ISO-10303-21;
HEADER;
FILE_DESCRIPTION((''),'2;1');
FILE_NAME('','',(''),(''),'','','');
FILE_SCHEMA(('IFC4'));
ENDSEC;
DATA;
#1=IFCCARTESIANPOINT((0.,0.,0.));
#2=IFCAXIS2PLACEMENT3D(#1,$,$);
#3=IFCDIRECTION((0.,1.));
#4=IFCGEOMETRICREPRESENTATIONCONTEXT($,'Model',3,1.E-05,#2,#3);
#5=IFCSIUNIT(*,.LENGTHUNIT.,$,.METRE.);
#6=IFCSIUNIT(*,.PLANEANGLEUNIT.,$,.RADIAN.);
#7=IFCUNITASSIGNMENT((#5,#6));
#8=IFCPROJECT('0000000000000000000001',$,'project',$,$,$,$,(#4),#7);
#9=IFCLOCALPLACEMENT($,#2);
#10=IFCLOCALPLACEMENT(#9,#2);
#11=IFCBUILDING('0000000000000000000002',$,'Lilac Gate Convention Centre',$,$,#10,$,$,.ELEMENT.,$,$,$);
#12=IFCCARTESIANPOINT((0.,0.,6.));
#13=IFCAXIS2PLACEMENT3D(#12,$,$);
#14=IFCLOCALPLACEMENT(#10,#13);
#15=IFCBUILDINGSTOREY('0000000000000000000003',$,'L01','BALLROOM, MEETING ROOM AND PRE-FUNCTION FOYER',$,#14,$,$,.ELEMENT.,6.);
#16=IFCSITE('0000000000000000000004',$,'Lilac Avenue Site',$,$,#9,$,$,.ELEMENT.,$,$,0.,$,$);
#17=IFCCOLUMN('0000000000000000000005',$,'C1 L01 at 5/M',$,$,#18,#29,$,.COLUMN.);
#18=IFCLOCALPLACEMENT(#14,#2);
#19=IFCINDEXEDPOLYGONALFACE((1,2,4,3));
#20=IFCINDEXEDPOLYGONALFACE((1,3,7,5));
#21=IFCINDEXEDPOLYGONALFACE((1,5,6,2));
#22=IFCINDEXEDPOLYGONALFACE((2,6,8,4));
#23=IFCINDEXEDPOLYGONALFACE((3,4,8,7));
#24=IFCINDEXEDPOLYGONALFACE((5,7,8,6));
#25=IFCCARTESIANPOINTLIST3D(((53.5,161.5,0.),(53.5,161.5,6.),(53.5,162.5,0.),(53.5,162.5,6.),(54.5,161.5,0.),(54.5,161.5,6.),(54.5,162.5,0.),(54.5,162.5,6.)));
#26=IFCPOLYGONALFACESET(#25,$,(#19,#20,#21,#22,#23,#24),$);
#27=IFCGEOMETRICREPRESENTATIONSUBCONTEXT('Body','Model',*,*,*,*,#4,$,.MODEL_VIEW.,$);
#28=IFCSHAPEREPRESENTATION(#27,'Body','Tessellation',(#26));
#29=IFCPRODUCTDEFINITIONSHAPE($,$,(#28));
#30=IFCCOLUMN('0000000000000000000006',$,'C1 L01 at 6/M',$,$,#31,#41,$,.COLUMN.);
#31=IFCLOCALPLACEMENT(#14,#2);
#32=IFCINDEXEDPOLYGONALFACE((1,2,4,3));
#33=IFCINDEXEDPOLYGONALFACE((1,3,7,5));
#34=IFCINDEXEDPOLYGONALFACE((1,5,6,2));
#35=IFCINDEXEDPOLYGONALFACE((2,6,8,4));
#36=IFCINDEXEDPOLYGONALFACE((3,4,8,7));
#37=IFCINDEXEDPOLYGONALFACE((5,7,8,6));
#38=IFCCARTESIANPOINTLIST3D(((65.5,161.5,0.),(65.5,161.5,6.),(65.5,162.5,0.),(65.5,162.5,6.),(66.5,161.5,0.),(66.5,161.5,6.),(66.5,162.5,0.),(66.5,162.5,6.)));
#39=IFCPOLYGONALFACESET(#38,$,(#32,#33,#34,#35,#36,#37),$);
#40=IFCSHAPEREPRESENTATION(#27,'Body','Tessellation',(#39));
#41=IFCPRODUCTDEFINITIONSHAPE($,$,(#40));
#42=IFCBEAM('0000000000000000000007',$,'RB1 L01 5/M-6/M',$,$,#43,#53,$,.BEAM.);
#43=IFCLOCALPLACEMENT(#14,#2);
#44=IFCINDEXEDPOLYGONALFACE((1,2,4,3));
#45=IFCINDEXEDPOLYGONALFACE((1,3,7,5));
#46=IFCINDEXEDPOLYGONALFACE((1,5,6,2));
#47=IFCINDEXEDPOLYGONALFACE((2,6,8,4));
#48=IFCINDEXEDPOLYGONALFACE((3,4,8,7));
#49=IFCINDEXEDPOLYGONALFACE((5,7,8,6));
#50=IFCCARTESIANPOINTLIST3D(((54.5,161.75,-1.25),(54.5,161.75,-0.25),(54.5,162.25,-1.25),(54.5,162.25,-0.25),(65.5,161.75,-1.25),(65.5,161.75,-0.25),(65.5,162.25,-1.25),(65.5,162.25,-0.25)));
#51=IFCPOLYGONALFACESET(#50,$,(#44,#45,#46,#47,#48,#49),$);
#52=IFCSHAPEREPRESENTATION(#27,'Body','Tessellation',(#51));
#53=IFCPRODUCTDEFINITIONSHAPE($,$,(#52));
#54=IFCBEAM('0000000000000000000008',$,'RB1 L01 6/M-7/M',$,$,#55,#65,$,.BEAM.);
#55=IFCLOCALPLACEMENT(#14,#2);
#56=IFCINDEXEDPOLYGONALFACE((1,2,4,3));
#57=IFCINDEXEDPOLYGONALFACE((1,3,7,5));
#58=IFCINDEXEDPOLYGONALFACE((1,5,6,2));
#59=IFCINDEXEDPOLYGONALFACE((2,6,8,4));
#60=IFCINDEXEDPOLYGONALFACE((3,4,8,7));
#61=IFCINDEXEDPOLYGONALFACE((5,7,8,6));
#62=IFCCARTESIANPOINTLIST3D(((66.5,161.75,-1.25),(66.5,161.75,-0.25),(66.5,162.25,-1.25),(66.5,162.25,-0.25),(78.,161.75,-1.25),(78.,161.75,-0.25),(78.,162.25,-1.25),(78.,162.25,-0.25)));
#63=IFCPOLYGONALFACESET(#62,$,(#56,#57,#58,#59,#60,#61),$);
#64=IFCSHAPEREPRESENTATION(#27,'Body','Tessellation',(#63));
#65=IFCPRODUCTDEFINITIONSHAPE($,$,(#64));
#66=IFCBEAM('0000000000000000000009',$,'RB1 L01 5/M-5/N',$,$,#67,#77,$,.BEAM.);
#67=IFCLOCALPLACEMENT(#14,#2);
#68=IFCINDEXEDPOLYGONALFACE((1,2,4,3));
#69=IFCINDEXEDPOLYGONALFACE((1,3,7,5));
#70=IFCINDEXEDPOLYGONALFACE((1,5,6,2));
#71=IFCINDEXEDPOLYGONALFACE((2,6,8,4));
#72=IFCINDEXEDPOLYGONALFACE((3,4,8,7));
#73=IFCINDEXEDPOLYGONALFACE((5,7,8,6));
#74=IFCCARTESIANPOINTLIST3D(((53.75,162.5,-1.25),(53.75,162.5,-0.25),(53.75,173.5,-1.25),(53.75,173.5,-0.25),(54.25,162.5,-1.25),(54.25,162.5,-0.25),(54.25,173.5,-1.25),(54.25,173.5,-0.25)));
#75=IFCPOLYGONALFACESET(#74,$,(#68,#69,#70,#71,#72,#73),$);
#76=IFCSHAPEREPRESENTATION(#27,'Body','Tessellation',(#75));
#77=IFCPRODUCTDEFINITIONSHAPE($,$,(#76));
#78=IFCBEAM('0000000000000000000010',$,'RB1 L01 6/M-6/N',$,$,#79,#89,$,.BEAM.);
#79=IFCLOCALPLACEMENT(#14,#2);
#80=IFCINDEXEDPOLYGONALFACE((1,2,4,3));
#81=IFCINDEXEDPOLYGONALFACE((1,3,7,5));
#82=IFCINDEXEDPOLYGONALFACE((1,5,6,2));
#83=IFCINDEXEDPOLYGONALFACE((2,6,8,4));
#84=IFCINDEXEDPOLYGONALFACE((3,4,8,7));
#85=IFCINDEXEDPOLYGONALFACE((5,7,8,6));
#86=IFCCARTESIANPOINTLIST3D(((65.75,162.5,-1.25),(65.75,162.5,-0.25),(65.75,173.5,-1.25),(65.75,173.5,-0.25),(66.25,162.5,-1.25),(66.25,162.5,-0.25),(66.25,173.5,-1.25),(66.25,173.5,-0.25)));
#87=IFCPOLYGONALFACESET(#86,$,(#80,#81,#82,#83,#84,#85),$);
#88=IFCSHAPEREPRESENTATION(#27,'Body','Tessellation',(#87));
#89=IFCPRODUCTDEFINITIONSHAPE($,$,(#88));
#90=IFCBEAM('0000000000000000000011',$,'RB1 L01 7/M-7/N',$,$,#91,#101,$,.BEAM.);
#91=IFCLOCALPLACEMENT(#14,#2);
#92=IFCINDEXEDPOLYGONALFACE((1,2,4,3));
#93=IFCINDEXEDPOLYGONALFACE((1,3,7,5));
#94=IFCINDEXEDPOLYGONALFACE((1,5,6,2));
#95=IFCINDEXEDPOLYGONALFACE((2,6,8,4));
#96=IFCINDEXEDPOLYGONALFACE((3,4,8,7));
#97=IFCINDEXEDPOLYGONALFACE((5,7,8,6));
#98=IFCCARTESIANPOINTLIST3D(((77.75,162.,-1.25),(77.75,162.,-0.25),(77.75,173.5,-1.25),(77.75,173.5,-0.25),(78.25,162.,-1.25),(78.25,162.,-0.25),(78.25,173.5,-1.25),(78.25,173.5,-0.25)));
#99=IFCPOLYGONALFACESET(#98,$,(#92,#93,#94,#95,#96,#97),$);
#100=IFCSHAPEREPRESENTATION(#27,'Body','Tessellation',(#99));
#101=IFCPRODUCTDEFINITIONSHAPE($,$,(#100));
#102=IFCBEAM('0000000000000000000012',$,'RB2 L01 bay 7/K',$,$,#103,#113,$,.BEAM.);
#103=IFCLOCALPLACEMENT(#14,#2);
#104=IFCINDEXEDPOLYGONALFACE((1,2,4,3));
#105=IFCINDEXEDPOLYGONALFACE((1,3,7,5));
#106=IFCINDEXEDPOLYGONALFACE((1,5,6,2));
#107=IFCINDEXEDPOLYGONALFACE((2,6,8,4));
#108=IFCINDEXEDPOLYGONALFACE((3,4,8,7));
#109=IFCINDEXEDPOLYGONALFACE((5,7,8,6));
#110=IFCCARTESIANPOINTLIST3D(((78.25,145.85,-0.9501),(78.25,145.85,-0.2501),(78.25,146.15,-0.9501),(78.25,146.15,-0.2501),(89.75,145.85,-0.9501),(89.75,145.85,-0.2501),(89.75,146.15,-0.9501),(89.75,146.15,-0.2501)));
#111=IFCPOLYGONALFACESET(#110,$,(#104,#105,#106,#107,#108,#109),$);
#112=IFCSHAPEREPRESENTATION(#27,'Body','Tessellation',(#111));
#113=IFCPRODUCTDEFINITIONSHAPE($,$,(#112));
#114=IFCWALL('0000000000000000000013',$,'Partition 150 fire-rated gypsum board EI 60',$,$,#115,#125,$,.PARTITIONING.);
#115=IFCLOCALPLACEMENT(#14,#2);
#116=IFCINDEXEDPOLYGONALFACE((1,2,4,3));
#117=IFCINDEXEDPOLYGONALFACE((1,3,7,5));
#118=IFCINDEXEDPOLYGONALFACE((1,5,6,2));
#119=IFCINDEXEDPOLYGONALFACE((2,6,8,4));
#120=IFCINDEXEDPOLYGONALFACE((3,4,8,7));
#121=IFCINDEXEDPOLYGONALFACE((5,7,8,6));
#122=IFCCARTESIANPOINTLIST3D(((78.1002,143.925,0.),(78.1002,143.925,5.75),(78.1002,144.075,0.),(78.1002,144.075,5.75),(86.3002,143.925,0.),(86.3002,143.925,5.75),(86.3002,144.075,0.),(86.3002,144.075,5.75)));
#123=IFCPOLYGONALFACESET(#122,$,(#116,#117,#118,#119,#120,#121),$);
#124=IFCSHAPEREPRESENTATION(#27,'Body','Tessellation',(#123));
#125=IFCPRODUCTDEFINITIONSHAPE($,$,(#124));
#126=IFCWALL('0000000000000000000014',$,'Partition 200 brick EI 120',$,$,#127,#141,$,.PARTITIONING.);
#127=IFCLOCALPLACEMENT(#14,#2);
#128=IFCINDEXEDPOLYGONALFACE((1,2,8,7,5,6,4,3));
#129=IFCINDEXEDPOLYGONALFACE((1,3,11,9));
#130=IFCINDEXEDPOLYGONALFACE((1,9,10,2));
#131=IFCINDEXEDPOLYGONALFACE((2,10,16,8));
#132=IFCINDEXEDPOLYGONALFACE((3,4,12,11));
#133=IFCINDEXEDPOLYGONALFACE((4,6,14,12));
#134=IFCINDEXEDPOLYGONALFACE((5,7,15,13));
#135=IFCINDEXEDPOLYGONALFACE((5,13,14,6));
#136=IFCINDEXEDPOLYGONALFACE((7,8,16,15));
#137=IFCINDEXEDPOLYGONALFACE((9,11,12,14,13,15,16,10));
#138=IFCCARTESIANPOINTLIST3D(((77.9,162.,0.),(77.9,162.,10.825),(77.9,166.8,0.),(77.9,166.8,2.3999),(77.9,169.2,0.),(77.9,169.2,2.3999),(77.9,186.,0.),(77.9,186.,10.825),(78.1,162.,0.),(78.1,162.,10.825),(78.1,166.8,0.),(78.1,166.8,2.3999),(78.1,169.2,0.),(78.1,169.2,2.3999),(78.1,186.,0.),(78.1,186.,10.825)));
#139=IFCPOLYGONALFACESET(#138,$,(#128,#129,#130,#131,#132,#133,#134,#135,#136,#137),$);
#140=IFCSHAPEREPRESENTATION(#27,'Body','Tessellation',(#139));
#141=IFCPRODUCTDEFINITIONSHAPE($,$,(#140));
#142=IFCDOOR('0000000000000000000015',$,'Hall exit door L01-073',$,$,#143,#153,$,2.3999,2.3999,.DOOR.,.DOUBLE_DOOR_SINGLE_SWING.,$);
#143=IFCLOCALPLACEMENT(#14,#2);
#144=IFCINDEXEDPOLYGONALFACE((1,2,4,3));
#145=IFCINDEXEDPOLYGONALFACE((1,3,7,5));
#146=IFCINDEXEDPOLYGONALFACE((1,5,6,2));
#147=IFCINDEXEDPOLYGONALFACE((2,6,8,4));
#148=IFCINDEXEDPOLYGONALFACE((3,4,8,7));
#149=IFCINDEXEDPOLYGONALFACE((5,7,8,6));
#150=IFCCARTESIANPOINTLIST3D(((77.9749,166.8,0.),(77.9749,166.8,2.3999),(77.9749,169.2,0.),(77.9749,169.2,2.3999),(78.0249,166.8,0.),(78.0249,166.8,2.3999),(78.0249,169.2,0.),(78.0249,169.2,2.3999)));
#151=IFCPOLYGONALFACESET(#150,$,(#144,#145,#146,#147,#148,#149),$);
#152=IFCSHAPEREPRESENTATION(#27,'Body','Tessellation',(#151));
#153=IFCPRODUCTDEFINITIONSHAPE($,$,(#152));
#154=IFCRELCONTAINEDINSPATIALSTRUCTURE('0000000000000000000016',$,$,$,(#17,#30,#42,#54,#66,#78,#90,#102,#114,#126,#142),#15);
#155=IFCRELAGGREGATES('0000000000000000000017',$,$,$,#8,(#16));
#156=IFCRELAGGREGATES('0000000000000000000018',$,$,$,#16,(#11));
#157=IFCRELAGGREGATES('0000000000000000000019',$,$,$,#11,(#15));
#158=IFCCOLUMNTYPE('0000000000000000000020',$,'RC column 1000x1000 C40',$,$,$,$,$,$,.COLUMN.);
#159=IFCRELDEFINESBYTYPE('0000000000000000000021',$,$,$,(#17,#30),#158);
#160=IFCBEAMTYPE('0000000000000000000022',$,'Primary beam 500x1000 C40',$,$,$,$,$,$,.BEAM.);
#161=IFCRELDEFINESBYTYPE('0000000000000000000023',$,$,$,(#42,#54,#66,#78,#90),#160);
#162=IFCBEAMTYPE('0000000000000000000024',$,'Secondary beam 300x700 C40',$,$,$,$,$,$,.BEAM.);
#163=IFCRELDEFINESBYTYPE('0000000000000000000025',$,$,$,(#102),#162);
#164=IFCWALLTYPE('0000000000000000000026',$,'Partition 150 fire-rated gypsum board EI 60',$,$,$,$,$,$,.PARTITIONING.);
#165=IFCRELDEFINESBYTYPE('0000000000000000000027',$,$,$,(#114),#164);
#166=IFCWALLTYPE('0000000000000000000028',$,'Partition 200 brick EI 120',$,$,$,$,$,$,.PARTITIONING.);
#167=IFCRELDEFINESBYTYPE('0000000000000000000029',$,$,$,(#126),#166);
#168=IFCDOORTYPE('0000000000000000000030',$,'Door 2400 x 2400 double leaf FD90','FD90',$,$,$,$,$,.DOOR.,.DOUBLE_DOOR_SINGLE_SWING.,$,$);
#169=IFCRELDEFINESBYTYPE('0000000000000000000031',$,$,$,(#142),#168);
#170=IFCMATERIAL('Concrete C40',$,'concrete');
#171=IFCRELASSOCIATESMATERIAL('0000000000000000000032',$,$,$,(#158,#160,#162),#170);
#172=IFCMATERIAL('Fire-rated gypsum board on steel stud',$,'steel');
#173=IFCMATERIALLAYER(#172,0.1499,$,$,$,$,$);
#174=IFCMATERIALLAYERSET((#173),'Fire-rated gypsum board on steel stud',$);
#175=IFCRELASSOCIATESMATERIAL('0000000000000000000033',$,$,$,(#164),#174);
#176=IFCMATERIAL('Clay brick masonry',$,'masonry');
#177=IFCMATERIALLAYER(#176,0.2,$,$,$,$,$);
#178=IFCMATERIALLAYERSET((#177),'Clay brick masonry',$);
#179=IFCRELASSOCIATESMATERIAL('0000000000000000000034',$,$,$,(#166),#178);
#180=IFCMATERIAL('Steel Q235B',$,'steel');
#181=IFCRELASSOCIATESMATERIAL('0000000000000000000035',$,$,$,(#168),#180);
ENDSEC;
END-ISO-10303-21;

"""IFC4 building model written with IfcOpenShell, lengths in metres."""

from ifc_helpers import new_model, si_unit, direction, frame, frame_2d, origin, origin_2d, place, context, subcontext, project, spatial, rectangle, extrude, material, layer, layer_set, material_profile, profile_set, type_object, element, fill, save


model = new_model("IFC4")

# Units and contexts
model_context = context("Model", 3, precision=1e-05, world=origin(), true_north=direction((0.0, 1.0)))
body_context = subcontext(model_context, "Body", "Model", "MODEL_VIEW")
ifc_project = project(units=[si_unit("LENGTHUNIT", "METRE"), si_unit("PLANEANGLEUNIT", "RADIAN")], contexts=[model_context])

# Site, building, storey
site_placement = place(None, origin())
site = spatial("IfcSite", under=ifc_project, at=site_placement, Name="Lilac Avenue Site", CompositionType="ELEMENT", RefElevation=0.0)
building_placement = place(site_placement, origin())
building = spatial("IfcBuilding", under=site, at=building_placement, Name="Lilac Gate Convention Centre", CompositionType="ELEMENT")
storey_placement = place(building_placement, frame((0.0, 0.0, 6.0)))
storey = spatial("IfcBuildingStorey", under=building, at=storey_placement, Name="L01", Description="BALLROOM, MEETING ROOM AND PRE-FUNCTION FOYER", CompositionType="ELEMENT", Elevation=6.0)

# Columns
ifc_material_1 = material(Name="Concrete C40", Category="concrete")
ifc_material_profile_1 = material_profile(ifc_material_1, rectangle(XDim=1.0, YDim=1.0, at=origin_2d()), Name="RC 1000x1000")
ifc_profile_set_1 = profile_set([ifc_material_profile_1], Name="Concrete C40")
column_type = type_object("IfcColumnType", Name="RC column 1000x1000 C40", PredefinedType="COLUMN", material=ifc_profile_set_1)
for number, where, z_axis, x_axis, name in (
    (1, (54.0, 162.0, 0.0), (0.0, 0.0, 1.0), (1.0, 0.0, 0.0), "C1 L01 at 5/M"),
    (2, (66.0, 162.0, 0.0), (0.0, 0.0, 1.0), (1.0, 0.0, 0.0), "C1 L01 at 6/M"),
):
    element("IfcColumn", number, at=place(storey_placement, frame(where, z_axis=z_axis, x_axis=x_axis)), inside=storey, type_object=column_type, Name=name, PredefinedType="COLUMN", context=body_context, shape_type="SweptSolid", body=[
        extrude(rectangle(XDim=1.0, YDim=1.0, at=origin_2d()), origin(), (0.0, 0.0, 1.0), 6.0),
    ])

# Beams
ifc_material_profile_2 = material_profile(ifc_material_1, rectangle(XDim=0.5, YDim=1.0, at=origin_2d()), Name="RC 500x1000")
ifc_profile_set_2 = profile_set([ifc_material_profile_2], Name="Concrete C40")
beam_type_1 = type_object("IfcBeamType", Name="Primary beam 500x1000 C40", PredefinedType="BEAM", material=ifc_profile_set_2)
beam_1_placement = place(storey_placement, frame((54.5, 162.0, -0.75), z_axis=(1.0, 0.0, 0.0), x_axis=(0.0, 1.0, 0.0)))
element("IfcBeam", 3, at=beam_1_placement, inside=storey, type_object=beam_type_1, Name="RB1 L01 5/M-6/M", PredefinedType="BEAM", context=body_context, shape_type="SweptSolid", body=[
    extrude(rectangle(XDim=0.5, YDim=1.0, at=origin_2d()), origin(), (0.0, 0.0, 1.0), 11.0),
])
beam_2_placement = place(storey_placement, frame((66.5, 162.0, -0.75), z_axis=(1.0, 0.0, 0.0), x_axis=(0.0, 1.0, 0.0)))
element("IfcBeam", 4, at=beam_2_placement, inside=storey, type_object=beam_type_1, Name="RB1 L01 6/M-7/M", PredefinedType="BEAM", context=body_context, shape_type="SweptSolid", body=[
    extrude(rectangle(XDim=0.5, YDim=1.0, at=origin_2d()), origin(), (0.0, 0.0, 1.0), 11.5),
])
for number, where, z_axis, x_axis, name in (
    (5, (54.0, 162.5, -0.75), (0.0, 1.0, 0.0), (-1.0, 0.0, 0.0), "RB1 L01 5/M-5/N"),
    (6, (66.0, 162.5, -0.75), (0.0, 1.0, 0.0), (-1.0, 0.0, 0.0), "RB1 L01 6/M-6/N"),
):
    element("IfcBeam", number, at=place(storey_placement, frame(where, z_axis=z_axis, x_axis=x_axis)), inside=storey, type_object=beam_type_1, Name=name, PredefinedType="BEAM", context=body_context, shape_type="SweptSolid", body=[
        extrude(rectangle(XDim=0.5, YDim=1.0, at=origin_2d()), origin(), (0.0, 0.0, 1.0), 11.0),
    ])
beam_3_placement = place(storey_placement, frame((78.0, 162.0, -0.75), z_axis=(0.0, 1.0, 0.0), x_axis=(-1.0, 0.0, 0.0)))
element("IfcBeam", 7, at=beam_3_placement, inside=storey, type_object=beam_type_1, Name="RB1 L01 7/M-7/N", PredefinedType="BEAM", context=body_context, shape_type="SweptSolid", body=[
    extrude(rectangle(XDim=0.5, YDim=1.0, at=origin_2d()), origin(), (0.0, 0.0, 1.0), 11.5),
])
ifc_material_profile_3 = material_profile(ifc_material_1, rectangle(XDim=0.3, YDim=0.7, at=origin_2d()), Name="RC 300x700")
ifc_profile_set_3 = profile_set([ifc_material_profile_3], Name="Concrete C40")
beam_type_2 = type_object("IfcBeamType", Name="Secondary beam 300x700 C40", PredefinedType="BEAM", material=ifc_profile_set_3)
beam_4_placement = place(storey_placement, frame((78.25, 146.0, -0.6001), z_axis=(1.0, 0.0, 0.0), x_axis=(0.0, 1.0, 0.0)))
element("IfcBeam", 8, at=beam_4_placement, inside=storey, type_object=beam_type_2, Name="RB2 L01 bay 7/K", PredefinedType="BEAM", context=body_context, shape_type="SweptSolid", body=[
    extrude(rectangle(XDim=0.3, YDim=0.7, at=origin_2d()), origin(), (0.0, 0.0, 1.0), 11.5),
])

# Wall
ifc_material_2 = material(Name="Fire-rated gypsum board on steel stud", Category="steel")
ifc_layer_1 = layer(ifc_material_2, 0.1499)
ifc_layer_set_1 = layer_set([ifc_layer_1], Name="Fire-rated gypsum board on steel stud")
wall_type_1 = type_object("IfcWallType", Name="Partition 150 fire-rated gypsum board EI 60", PredefinedType="PARTITIONING", material=ifc_layer_set_1)
wall_1_placement = place(storey_placement, frame((78.1001, 144.0, 0.0), z_axis=(0.0, 0.0, 1.0), x_axis=(1.0, 0.0, 0.0)))
element("IfcWall", 9, at=wall_1_placement, inside=storey, type_object=wall_type_1, Name="Partition 150 fire-rated gypsum board EI 60", PredefinedType="PARTITIONING", context=body_context, shape_type="SweptSolid", body=[
    extrude(rectangle(XDim=8.2, YDim=0.1499, at=frame_2d((4.1001, 0.0))), origin(), (0.0, 0.0, 1.0), 5.75),
])

# Wall, opening, door
ifc_material_3 = material(Name="Clay brick masonry", Category="masonry")
ifc_layer_2 = layer(ifc_material_3, 0.2)
ifc_layer_set_2 = layer_set([ifc_layer_2], Name="Clay brick masonry")
wall_type_2 = type_object("IfcWallType", Name="Partition 200 brick EI 120", PredefinedType="PARTITIONING", material=ifc_layer_set_2)
wall_2_placement = place(storey_placement, frame((78.0, 162.0, 0.0), z_axis=(0.0, 0.0, 1.0), x_axis=(0.0, 1.0, 0.0)))
wall_2 = element("IfcWall", 10, at=wall_2_placement, inside=storey, type_object=wall_type_2, Name="Partition 200 brick EI 120", PredefinedType="PARTITIONING", context=body_context, shape_type="SweptSolid", body=[
    extrude(rectangle(XDim=24.0, YDim=0.2, at=frame_2d((12.0, 0.0))), origin(), (0.0, 0.0, 1.0), 10.825),
])
opening_1_placement = place(wall_2_placement, frame((4.8, 0.0, 0.0)))
opening_1 = element("IfcOpeningElement", 11, at=opening_1_placement, cuts=wall_2, PredefinedType="OPENING", context=body_context, shape_type="SweptSolid", body=[
    extrude(rectangle(XDim=2.3999, YDim=2.3999, at=frame_2d((1.2, 1.2))), frame((0.0, 0.1099, 0.0), z_axis=(0.0, -1.0, 0.0), x_axis=(1.0, 0.0, 0.0)), (0.0, 0.0, 1.0), 0.22),
])
ifc_material_4 = material(Name="Steel Q235B", Category="steel")
door_type_1 = type_object("IfcDoorType", Name="Door 2400 x 2400 double leaf FD90", Description="FD90", OperationType="DOUBLE_DOOR_SINGLE_SWING", PredefinedType="DOOR", material=ifc_material_4)
door_1_placement = place(opening_1_placement, frame((2.3999, 0.0, 0.0), z_axis=(0.0, 0.0, 1.0), x_axis=(-1.0, 0.0, 0.0)))
door_1 = element("IfcDoor", 12, at=door_1_placement, inside=storey, type_object=door_type_1, Name="Hall exit door L01-073", OperationType="DOUBLE_DOOR_SINGLE_SWING", OverallHeight=2.3999, OverallWidth=2.3999, PredefinedType="DOOR", context=body_context, shape_type="SweptSolid", body=[
    extrude(rectangle(XDim=2.3999, YDim=2.3999, at=frame_2d((1.2, 1.2))), frame((0.0, 0.0249, 0.0), z_axis=(0.0, -1.0, 0.0), x_axis=(1.0, 0.0, 0.0)), (0.0, 0.0, 1.0), 0.05),
])
fill(opening_1, door_1)

save(model, "model.ifc")
